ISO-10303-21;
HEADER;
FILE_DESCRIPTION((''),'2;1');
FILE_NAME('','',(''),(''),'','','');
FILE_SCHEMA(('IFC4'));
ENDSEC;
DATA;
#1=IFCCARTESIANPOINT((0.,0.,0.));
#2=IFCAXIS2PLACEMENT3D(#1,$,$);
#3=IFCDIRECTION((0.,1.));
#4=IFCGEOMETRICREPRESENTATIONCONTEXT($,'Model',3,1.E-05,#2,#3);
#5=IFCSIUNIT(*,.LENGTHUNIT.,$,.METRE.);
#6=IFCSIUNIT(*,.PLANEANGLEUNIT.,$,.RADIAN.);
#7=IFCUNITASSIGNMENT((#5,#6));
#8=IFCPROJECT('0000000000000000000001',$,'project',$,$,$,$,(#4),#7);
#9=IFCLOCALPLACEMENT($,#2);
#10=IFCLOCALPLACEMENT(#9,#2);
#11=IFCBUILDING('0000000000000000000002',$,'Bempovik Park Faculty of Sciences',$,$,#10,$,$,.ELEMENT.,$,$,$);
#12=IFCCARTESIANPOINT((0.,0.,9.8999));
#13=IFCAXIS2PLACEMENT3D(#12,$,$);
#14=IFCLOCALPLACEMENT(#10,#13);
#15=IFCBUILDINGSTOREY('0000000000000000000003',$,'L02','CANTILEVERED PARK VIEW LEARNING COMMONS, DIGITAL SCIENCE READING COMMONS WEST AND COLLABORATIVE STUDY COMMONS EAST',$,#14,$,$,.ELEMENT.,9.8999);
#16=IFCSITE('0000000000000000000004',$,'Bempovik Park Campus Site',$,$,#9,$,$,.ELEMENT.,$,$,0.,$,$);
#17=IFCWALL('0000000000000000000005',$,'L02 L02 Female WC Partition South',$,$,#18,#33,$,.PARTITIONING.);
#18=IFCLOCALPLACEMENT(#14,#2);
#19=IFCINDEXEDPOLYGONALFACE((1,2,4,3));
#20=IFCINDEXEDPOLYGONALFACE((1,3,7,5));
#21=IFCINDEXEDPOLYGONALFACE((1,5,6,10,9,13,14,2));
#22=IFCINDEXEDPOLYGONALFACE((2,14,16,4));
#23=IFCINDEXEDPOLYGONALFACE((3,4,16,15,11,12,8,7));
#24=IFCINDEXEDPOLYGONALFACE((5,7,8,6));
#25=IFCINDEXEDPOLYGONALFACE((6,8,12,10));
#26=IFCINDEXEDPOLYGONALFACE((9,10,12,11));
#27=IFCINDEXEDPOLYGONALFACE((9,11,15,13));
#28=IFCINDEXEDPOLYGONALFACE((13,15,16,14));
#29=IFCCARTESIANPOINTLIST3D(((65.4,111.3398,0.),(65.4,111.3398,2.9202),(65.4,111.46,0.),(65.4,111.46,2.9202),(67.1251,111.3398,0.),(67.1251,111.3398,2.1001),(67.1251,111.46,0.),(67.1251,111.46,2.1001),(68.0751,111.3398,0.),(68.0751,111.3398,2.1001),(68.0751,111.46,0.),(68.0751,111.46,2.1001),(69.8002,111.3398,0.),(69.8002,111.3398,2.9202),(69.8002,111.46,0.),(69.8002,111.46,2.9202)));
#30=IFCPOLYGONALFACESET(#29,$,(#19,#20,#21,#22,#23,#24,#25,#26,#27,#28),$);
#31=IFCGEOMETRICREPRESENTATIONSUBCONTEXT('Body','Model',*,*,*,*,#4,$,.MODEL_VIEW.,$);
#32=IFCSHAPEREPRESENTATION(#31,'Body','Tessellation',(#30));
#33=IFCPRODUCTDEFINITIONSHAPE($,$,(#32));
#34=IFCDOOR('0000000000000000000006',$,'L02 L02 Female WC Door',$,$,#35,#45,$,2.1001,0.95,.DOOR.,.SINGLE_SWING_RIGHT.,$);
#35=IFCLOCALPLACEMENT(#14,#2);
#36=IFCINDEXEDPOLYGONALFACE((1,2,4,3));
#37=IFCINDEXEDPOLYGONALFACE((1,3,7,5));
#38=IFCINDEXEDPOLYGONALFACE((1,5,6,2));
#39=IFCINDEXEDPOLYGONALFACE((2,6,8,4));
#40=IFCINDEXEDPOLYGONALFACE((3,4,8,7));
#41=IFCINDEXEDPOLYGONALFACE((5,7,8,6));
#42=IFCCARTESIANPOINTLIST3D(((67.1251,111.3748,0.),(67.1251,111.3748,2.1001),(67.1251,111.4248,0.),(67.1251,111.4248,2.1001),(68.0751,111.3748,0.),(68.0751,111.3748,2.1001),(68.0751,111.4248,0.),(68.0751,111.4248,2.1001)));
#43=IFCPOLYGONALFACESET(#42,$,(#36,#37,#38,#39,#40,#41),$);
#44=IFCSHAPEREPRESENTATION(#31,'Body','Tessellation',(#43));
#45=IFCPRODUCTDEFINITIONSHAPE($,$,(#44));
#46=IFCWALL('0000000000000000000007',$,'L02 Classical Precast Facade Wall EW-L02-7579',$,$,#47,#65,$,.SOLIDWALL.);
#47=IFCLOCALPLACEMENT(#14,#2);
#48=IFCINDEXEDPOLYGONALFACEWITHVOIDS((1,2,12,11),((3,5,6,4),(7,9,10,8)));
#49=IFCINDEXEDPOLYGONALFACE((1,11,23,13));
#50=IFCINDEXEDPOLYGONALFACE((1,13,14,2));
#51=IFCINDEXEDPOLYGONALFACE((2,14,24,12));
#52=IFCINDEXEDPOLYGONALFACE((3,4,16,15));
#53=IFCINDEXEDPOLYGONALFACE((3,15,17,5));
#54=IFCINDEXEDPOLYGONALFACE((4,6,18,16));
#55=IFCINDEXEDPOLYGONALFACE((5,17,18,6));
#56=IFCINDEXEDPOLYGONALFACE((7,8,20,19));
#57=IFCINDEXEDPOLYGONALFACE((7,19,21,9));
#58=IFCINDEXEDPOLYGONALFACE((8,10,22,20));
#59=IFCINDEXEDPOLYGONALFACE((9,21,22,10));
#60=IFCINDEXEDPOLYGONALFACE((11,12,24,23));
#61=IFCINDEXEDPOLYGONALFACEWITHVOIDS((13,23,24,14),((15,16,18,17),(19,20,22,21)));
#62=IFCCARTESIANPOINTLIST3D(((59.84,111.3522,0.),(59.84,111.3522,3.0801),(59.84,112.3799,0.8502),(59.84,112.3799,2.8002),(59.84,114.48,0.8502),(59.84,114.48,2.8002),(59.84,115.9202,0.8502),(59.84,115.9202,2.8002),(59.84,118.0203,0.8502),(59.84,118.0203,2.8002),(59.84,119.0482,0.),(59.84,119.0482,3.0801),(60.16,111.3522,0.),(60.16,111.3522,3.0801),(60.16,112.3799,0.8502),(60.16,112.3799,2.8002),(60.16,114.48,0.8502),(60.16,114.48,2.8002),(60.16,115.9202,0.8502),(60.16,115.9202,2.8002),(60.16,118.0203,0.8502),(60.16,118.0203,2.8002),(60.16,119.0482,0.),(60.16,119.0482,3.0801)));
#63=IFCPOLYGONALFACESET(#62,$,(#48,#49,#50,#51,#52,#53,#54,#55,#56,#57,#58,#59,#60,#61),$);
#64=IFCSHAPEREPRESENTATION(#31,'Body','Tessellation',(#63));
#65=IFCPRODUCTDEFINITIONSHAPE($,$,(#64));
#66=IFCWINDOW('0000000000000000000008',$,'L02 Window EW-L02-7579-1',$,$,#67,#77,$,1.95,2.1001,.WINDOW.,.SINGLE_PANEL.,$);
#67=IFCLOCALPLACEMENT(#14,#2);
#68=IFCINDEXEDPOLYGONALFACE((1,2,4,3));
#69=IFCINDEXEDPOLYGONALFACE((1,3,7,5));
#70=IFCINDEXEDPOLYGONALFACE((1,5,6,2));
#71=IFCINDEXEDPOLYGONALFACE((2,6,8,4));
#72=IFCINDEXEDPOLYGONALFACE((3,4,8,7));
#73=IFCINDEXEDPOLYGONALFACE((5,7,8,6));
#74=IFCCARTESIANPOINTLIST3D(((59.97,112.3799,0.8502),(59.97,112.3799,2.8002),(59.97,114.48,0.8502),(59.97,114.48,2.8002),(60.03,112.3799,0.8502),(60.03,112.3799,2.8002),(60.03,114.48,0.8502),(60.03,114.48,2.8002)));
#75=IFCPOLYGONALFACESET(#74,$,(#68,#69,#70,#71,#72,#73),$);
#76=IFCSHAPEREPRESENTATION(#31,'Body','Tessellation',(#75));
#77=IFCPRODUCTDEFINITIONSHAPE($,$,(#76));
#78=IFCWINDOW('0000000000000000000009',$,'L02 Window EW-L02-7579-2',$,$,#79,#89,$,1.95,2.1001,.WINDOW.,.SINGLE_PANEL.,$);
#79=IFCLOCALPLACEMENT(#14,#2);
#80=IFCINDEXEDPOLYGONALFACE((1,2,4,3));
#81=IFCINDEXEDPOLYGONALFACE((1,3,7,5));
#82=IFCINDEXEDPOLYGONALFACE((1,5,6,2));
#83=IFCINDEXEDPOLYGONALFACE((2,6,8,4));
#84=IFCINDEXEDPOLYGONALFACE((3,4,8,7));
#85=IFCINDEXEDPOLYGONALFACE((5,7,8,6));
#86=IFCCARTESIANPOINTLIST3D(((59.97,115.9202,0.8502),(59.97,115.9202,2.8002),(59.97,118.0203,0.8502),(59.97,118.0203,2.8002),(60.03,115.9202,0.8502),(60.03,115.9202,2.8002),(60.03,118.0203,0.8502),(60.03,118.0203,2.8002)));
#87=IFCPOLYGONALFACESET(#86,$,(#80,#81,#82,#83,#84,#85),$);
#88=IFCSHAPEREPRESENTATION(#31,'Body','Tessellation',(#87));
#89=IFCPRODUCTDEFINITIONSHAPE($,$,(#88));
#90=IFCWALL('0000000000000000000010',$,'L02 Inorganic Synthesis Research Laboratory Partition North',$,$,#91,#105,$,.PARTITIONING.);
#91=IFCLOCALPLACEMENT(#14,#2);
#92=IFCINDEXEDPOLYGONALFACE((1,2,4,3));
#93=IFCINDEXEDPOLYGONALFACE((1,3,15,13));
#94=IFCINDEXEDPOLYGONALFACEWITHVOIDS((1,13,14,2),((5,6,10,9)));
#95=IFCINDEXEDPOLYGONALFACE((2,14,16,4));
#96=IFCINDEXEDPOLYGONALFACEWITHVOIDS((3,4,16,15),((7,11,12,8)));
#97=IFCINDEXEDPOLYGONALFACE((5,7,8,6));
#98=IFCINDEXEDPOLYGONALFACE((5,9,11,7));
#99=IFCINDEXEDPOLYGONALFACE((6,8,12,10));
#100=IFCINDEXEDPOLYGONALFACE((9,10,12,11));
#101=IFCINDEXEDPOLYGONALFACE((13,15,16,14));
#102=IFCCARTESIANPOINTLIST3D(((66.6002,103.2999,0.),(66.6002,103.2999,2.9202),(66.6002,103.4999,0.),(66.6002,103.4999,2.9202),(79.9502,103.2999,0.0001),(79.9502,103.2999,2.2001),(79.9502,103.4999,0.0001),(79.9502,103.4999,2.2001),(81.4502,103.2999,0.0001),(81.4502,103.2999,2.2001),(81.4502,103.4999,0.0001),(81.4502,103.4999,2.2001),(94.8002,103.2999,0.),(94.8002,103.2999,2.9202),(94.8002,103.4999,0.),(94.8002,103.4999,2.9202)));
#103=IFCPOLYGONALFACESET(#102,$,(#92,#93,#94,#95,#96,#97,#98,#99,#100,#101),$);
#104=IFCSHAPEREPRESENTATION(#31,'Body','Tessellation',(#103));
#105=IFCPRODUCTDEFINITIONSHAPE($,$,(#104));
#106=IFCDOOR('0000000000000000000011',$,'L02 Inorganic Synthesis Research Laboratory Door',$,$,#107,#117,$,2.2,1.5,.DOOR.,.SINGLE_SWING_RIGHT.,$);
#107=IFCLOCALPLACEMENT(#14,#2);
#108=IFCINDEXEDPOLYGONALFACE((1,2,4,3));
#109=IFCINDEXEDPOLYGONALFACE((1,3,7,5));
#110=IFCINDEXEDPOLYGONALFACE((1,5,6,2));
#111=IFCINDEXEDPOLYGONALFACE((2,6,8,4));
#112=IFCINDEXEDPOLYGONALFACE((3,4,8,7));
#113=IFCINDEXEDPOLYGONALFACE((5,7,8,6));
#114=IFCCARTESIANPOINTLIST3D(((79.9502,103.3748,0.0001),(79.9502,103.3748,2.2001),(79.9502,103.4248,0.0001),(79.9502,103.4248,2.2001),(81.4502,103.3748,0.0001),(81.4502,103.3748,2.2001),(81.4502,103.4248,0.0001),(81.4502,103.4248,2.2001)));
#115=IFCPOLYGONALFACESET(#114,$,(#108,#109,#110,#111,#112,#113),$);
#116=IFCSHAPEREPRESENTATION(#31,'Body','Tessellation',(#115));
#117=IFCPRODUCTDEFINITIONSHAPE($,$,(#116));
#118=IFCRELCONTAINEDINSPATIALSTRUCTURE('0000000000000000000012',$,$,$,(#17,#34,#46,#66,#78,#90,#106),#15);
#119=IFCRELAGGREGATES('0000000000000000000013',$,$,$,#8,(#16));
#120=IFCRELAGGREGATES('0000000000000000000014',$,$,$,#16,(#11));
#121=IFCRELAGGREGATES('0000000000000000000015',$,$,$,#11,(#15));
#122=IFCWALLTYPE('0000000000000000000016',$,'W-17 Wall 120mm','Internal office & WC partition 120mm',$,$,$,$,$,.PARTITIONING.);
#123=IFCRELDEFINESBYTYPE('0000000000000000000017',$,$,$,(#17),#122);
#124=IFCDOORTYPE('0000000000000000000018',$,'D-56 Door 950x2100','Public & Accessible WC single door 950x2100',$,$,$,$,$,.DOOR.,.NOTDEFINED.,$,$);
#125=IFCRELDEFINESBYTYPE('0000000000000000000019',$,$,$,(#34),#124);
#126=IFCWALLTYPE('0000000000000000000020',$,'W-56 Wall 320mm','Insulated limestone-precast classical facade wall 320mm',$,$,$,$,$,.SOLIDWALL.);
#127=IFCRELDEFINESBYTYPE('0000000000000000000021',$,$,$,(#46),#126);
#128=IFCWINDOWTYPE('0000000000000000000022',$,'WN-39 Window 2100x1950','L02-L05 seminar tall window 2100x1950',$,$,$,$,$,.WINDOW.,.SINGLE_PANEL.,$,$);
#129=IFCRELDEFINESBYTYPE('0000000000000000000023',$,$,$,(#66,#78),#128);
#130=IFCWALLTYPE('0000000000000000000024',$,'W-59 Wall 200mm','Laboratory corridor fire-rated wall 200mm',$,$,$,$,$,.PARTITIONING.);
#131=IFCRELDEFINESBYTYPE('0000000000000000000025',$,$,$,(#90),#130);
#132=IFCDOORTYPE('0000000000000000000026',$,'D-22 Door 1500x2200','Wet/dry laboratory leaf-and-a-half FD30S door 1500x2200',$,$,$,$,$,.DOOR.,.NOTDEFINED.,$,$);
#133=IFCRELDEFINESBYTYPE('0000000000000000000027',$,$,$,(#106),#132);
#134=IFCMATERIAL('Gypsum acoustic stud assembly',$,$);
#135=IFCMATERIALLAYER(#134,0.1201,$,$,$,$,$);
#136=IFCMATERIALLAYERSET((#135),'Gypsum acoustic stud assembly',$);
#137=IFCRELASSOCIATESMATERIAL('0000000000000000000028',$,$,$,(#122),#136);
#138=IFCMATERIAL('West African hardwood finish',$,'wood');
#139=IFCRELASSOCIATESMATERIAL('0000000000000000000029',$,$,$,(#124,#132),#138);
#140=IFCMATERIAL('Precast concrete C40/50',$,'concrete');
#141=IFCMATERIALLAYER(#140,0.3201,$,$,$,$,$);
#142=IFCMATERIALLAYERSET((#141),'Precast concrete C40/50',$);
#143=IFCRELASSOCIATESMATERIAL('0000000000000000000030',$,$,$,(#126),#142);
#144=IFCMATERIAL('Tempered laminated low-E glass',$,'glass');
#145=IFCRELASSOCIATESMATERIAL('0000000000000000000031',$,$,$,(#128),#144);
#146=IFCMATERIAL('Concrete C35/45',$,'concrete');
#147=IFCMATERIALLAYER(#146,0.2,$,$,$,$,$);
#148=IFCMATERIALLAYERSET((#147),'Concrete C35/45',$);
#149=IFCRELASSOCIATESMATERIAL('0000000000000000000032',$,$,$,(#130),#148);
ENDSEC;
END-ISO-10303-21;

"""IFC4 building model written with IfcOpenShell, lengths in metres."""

from ifc_helpers import new_model, si_unit, direction, frame, frame_2d, origin, place, context, subcontext, project, spatial, rectangle, extrude, material, layer, layer_set, type_object, element, fill, save


model = new_model("IFC4")

# Units and contexts
model_context = context("Model", 3, precision=1e-05, world=origin(), true_north=direction((0.0, 1.0)))
body_context = subcontext(model_context, "Body", "Model", "MODEL_VIEW")
ifc_project = project(units=[si_unit("LENGTHUNIT", "METRE"), si_unit("PLANEANGLEUNIT", "RADIAN")], contexts=[model_context])

# Site, building, storey
site_placement = place(None, origin())
site = spatial("IfcSite", under=ifc_project, at=site_placement, Name="Bempovik Park Campus Site", CompositionType="ELEMENT", RefElevation=0.0)
building_placement = place(site_placement, origin())
building = spatial("IfcBuilding", under=site, at=building_placement, Name="Bempovik Park Faculty of Sciences", CompositionType="ELEMENT")
storey_placement = place(building_placement, frame((0.0, 0.0, 9.8999)))
storey = spatial("IfcBuildingStorey", under=building, at=storey_placement, Name="L02", Description="CANTILEVERED PARK VIEW LEARNING COMMONS, DIGITAL SCIENCE READING COMMONS WEST AND COLLABORATIVE STUDY COMMONS EAST", CompositionType="ELEMENT", Elevation=9.8999)

# Shared definitions
ifc_material_1 = material(Name="Concrete C35/45", Category="concrete")

# Shared definitions
ifc_material_2 = material(Name="Gypsum acoustic stud assembly")
ifc_layer_1 = layer(ifc_material_2, 0.1201)
ifc_layer_set_1 = layer_set([ifc_layer_1], Name="Gypsum acoustic stud assembly")
wall_type_1 = type_object("IfcWallType", Name="W-17 Wall 120mm", Description="Internal office & WC partition 120mm", PredefinedType="PARTITIONING", material=ifc_layer_set_1)
ifc_material_3 = material(Name="West African hardwood finish", Category="wood")
door_type_1 = type_object("IfcDoorType", Name="D-56 Door 950x2100", Description="Public & Accessible WC single door 950x2100", OperationType="NOTDEFINED", PredefinedType="DOOR", material=ifc_material_3)

# Wall, opening, door
wall_1_placement = place(storey_placement, frame((65.3999, 111.3999, 0.0), z_axis=(0.0, 0.0, 1.0), x_axis=(1.0, 0.0, 0.0)))
wall_1 = element("IfcWall", 1, at=wall_1_placement, inside=storey, type_object=wall_type_1, Name="L02 L02 Female WC Partition South", PredefinedType="PARTITIONING", context=body_context, shape_type="SweptSolid", body=[
    extrude(rectangle(XDim=4.4001, YDim=0.1201, at=frame_2d((2.2002, 0.0))), origin(), (0.0, 0.0, 1.0), 2.9202),
])
opening_1_placement = place(wall_1_placement, frame((1.7251, 0.0, 0.0)))
opening_1 = element("IfcOpeningElement", 2, at=opening_1_placement, cuts=wall_1, PredefinedType="OPENING", context=body_context, shape_type="SweptSolid", body=[
    extrude(rectangle(XDim=0.95, YDim=2.1001, at=frame_2d((0.4751, 1.05))), frame((0.0, 0.0701, 0.0), z_axis=(0.0, -1.0, 0.0), x_axis=(1.0, 0.0, 0.0)), (0.0, 0.0, 1.0), 0.1401),
])
door_1_placement = place(opening_1_placement, origin())
door_1 = element("IfcDoor", 3, at=door_1_placement, inside=storey, type_object=door_type_1, Name="L02 L02 Female WC Door", OperationType="SINGLE_SWING_RIGHT", OverallHeight=2.1001, OverallWidth=0.95, PredefinedType="DOOR", context=body_context, shape_type="SweptSolid", body=[
    extrude(rectangle(XDim=0.95, YDim=2.1001, at=frame_2d((0.4751, 1.05))), frame((0.0, 0.0249, 0.0), z_axis=(0.0, -1.0, 0.0), x_axis=(1.0, 0.0, 0.0)), (0.0, 0.0, 1.0), 0.05),
])
fill(opening_1, door_1)

# Wall, openings, windows
ifc_material_4 = material(Name="Precast concrete C40/50", Category="concrete")
ifc_layer_2 = layer(ifc_material_4, 0.3201)
ifc_layer_set_2 = layer_set([ifc_layer_2], Name="Precast concrete C40/50")
wall_type_2 = type_object("IfcWallType", Name="W-56 Wall 320mm", Description="Insulated limestone-precast classical facade wall 320mm", PredefinedType="SOLIDWALL", material=ifc_layer_set_2)
wall_2_placement = place(storey_placement, frame((60.0, 111.3521, 0.0), z_axis=(0.0, 0.0, 1.0), x_axis=(0.0, 1.0, 0.0)))
wall_2 = element("IfcWall", 4, at=wall_2_placement, inside=storey, type_object=wall_type_2, Name="L02 Classical Precast Facade Wall EW-L02-7579", PredefinedType="SOLIDWALL", context=body_context, shape_type="SweptSolid", body=[
    extrude(rectangle(XDim=7.696, YDim=0.3201, at=frame_2d((3.8481, 0.0))), origin(), (0.0, 0.0, 1.0), 3.0801),
])
opening_2_placement = place(wall_2_placement, frame((1.0278, 0.0, 0.8501)))
opening_2 = element("IfcOpeningElement", 5, at=opening_2_placement, cuts=wall_2, PredefinedType="OPENING", context=body_context, shape_type="SweptSolid", body=[
    extrude(rectangle(XDim=2.1001, YDim=1.95, at=frame_2d((1.05, 0.9751))), frame((0.0, 0.1699, 0.0), z_axis=(0.0, -1.0, 0.0), x_axis=(1.0, 0.0, 0.0)), (0.0, 0.0, 1.0), 0.3401),
])
opening_3_placement = place(wall_2_placement, frame((4.5681, 0.0, 0.8501)))
opening_3 = element("IfcOpeningElement", 6, at=opening_3_placement, cuts=wall_2, PredefinedType="OPENING", context=body_context, shape_type="SweptSolid", body=[
    extrude(rectangle(XDim=2.1001, YDim=1.95, at=frame_2d((1.05, 0.9751))), frame((0.0, 0.1699, 0.0), z_axis=(0.0, -1.0, 0.0), x_axis=(1.0, 0.0, 0.0)), (0.0, 0.0, 1.0), 0.3401),
])
ifc_material_5 = material(Name="Tempered laminated low-E glass", Category="glass")
window_type = type_object("IfcWindowType", Name="WN-39 Window 2100x1950", Description="L02-L05 seminar tall window 2100x1950", PartitioningType="SINGLE_PANEL", PredefinedType="WINDOW", material=ifc_material_5)
window_1_placement = place(opening_2_placement, origin())
window_1 = element("IfcWindow", 7, at=window_1_placement, inside=storey, type_object=window_type, Name="L02 Window EW-L02-7579-1", OverallHeight=1.95, OverallWidth=2.1001, PartitioningType="SINGLE_PANEL", PredefinedType="WINDOW", context=body_context, shape_type="SweptSolid", body=[
    extrude(rectangle(XDim=2.1001, YDim=1.95, at=frame_2d((1.05, 0.9751))), frame((0.0, 0.03, 0.0), z_axis=(0.0, -1.0, 0.0), x_axis=(1.0, 0.0, 0.0)), (0.0, 0.0, 1.0), 0.0601),
])
fill(opening_2, window_1)
window_2_placement = place(opening_3_placement, origin())
window_2 = element("IfcWindow", 8, at=window_2_placement, inside=storey, type_object=window_type, Name="L02 Window EW-L02-7579-2", OverallHeight=1.95, OverallWidth=2.1001, PartitioningType="SINGLE_PANEL", PredefinedType="WINDOW", context=body_context, shape_type="SweptSolid", body=[
    extrude(rectangle(XDim=2.1001, YDim=1.95, at=frame_2d((1.05, 0.9751))), frame((0.0, 0.03, 0.0), z_axis=(0.0, -1.0, 0.0), x_axis=(1.0, 0.0, 0.0)), (0.0, 0.0, 1.0), 0.0601),
])
fill(opening_3, window_2)

# Wall, opening, door
ifc_layer_3 = layer(ifc_material_1, 0.2)
ifc_layer_set_3 = layer_set([ifc_layer_3], Name="Concrete C35/45")
wall_type_3 = type_object("IfcWallType", Name="W-59 Wall 200mm", Description="Laboratory corridor fire-rated wall 200mm", PredefinedType="PARTITIONING", material=ifc_layer_set_3)
wall_3_placement = place(storey_placement, frame((66.6001, 103.3999, 0.0), z_axis=(0.0, 0.0, 1.0), x_axis=(1.0, 0.0, 0.0)))
wall_3 = element("IfcWall", 9, at=wall_3_placement, inside=storey, type_object=wall_type_3, Name="L02 Inorganic Synthesis Research Laboratory Partition North", PredefinedType="PARTITIONING", context=body_context, shape_type="SweptSolid", body=[
    extrude(rectangle(XDim=28.2, YDim=0.2, at=frame_2d((14.1001, 0.0))), origin(), (0.0, 0.0, 1.0), 2.9202),
])
opening_4_placement = place(wall_3_placement, frame((13.3501, 0.0, 0.0)))
opening_4 = element("IfcOpeningElement", 10, at=opening_4_placement, cuts=wall_3, PredefinedType="OPENING", context=body_context, shape_type="SweptSolid", body=[
    extrude(rectangle(XDim=1.5, YDim=2.2, at=frame_2d((0.75, 1.1001))), frame((0.0, 0.1099, 0.0), z_axis=(0.0, -1.0, 0.0), x_axis=(1.0, 0.0, 0.0)), (0.0, 0.0, 1.0), 0.22),
])
door_type_2 = type_object("IfcDoorType", Name="D-22 Door 1500x2200", Description="Wet/dry laboratory leaf-and-a-half FD30S door 1500x2200", OperationType="NOTDEFINED", PredefinedType="DOOR", material=ifc_material_3)
door_2_placement = place(opening_4_placement, origin())
door_2 = element("IfcDoor", 11, at=door_2_placement, inside=storey, type_object=door_type_2, Name="L02 Inorganic Synthesis Research Laboratory Door", OperationType="SINGLE_SWING_RIGHT", OverallHeight=2.2, OverallWidth=1.5, PredefinedType="DOOR", context=body_context, shape_type="SweptSolid", body=[
    extrude(rectangle(XDim=1.5, YDim=2.2, at=frame_2d((0.75, 1.1001))), frame((0.0, 0.0249, 0.0), z_axis=(0.0, -1.0, 0.0), x_axis=(1.0, 0.0, 0.0)), (0.0, 0.0, 1.0), 0.05),
])
fill(opening_4, door_2)

save(model, "model.ifc")
